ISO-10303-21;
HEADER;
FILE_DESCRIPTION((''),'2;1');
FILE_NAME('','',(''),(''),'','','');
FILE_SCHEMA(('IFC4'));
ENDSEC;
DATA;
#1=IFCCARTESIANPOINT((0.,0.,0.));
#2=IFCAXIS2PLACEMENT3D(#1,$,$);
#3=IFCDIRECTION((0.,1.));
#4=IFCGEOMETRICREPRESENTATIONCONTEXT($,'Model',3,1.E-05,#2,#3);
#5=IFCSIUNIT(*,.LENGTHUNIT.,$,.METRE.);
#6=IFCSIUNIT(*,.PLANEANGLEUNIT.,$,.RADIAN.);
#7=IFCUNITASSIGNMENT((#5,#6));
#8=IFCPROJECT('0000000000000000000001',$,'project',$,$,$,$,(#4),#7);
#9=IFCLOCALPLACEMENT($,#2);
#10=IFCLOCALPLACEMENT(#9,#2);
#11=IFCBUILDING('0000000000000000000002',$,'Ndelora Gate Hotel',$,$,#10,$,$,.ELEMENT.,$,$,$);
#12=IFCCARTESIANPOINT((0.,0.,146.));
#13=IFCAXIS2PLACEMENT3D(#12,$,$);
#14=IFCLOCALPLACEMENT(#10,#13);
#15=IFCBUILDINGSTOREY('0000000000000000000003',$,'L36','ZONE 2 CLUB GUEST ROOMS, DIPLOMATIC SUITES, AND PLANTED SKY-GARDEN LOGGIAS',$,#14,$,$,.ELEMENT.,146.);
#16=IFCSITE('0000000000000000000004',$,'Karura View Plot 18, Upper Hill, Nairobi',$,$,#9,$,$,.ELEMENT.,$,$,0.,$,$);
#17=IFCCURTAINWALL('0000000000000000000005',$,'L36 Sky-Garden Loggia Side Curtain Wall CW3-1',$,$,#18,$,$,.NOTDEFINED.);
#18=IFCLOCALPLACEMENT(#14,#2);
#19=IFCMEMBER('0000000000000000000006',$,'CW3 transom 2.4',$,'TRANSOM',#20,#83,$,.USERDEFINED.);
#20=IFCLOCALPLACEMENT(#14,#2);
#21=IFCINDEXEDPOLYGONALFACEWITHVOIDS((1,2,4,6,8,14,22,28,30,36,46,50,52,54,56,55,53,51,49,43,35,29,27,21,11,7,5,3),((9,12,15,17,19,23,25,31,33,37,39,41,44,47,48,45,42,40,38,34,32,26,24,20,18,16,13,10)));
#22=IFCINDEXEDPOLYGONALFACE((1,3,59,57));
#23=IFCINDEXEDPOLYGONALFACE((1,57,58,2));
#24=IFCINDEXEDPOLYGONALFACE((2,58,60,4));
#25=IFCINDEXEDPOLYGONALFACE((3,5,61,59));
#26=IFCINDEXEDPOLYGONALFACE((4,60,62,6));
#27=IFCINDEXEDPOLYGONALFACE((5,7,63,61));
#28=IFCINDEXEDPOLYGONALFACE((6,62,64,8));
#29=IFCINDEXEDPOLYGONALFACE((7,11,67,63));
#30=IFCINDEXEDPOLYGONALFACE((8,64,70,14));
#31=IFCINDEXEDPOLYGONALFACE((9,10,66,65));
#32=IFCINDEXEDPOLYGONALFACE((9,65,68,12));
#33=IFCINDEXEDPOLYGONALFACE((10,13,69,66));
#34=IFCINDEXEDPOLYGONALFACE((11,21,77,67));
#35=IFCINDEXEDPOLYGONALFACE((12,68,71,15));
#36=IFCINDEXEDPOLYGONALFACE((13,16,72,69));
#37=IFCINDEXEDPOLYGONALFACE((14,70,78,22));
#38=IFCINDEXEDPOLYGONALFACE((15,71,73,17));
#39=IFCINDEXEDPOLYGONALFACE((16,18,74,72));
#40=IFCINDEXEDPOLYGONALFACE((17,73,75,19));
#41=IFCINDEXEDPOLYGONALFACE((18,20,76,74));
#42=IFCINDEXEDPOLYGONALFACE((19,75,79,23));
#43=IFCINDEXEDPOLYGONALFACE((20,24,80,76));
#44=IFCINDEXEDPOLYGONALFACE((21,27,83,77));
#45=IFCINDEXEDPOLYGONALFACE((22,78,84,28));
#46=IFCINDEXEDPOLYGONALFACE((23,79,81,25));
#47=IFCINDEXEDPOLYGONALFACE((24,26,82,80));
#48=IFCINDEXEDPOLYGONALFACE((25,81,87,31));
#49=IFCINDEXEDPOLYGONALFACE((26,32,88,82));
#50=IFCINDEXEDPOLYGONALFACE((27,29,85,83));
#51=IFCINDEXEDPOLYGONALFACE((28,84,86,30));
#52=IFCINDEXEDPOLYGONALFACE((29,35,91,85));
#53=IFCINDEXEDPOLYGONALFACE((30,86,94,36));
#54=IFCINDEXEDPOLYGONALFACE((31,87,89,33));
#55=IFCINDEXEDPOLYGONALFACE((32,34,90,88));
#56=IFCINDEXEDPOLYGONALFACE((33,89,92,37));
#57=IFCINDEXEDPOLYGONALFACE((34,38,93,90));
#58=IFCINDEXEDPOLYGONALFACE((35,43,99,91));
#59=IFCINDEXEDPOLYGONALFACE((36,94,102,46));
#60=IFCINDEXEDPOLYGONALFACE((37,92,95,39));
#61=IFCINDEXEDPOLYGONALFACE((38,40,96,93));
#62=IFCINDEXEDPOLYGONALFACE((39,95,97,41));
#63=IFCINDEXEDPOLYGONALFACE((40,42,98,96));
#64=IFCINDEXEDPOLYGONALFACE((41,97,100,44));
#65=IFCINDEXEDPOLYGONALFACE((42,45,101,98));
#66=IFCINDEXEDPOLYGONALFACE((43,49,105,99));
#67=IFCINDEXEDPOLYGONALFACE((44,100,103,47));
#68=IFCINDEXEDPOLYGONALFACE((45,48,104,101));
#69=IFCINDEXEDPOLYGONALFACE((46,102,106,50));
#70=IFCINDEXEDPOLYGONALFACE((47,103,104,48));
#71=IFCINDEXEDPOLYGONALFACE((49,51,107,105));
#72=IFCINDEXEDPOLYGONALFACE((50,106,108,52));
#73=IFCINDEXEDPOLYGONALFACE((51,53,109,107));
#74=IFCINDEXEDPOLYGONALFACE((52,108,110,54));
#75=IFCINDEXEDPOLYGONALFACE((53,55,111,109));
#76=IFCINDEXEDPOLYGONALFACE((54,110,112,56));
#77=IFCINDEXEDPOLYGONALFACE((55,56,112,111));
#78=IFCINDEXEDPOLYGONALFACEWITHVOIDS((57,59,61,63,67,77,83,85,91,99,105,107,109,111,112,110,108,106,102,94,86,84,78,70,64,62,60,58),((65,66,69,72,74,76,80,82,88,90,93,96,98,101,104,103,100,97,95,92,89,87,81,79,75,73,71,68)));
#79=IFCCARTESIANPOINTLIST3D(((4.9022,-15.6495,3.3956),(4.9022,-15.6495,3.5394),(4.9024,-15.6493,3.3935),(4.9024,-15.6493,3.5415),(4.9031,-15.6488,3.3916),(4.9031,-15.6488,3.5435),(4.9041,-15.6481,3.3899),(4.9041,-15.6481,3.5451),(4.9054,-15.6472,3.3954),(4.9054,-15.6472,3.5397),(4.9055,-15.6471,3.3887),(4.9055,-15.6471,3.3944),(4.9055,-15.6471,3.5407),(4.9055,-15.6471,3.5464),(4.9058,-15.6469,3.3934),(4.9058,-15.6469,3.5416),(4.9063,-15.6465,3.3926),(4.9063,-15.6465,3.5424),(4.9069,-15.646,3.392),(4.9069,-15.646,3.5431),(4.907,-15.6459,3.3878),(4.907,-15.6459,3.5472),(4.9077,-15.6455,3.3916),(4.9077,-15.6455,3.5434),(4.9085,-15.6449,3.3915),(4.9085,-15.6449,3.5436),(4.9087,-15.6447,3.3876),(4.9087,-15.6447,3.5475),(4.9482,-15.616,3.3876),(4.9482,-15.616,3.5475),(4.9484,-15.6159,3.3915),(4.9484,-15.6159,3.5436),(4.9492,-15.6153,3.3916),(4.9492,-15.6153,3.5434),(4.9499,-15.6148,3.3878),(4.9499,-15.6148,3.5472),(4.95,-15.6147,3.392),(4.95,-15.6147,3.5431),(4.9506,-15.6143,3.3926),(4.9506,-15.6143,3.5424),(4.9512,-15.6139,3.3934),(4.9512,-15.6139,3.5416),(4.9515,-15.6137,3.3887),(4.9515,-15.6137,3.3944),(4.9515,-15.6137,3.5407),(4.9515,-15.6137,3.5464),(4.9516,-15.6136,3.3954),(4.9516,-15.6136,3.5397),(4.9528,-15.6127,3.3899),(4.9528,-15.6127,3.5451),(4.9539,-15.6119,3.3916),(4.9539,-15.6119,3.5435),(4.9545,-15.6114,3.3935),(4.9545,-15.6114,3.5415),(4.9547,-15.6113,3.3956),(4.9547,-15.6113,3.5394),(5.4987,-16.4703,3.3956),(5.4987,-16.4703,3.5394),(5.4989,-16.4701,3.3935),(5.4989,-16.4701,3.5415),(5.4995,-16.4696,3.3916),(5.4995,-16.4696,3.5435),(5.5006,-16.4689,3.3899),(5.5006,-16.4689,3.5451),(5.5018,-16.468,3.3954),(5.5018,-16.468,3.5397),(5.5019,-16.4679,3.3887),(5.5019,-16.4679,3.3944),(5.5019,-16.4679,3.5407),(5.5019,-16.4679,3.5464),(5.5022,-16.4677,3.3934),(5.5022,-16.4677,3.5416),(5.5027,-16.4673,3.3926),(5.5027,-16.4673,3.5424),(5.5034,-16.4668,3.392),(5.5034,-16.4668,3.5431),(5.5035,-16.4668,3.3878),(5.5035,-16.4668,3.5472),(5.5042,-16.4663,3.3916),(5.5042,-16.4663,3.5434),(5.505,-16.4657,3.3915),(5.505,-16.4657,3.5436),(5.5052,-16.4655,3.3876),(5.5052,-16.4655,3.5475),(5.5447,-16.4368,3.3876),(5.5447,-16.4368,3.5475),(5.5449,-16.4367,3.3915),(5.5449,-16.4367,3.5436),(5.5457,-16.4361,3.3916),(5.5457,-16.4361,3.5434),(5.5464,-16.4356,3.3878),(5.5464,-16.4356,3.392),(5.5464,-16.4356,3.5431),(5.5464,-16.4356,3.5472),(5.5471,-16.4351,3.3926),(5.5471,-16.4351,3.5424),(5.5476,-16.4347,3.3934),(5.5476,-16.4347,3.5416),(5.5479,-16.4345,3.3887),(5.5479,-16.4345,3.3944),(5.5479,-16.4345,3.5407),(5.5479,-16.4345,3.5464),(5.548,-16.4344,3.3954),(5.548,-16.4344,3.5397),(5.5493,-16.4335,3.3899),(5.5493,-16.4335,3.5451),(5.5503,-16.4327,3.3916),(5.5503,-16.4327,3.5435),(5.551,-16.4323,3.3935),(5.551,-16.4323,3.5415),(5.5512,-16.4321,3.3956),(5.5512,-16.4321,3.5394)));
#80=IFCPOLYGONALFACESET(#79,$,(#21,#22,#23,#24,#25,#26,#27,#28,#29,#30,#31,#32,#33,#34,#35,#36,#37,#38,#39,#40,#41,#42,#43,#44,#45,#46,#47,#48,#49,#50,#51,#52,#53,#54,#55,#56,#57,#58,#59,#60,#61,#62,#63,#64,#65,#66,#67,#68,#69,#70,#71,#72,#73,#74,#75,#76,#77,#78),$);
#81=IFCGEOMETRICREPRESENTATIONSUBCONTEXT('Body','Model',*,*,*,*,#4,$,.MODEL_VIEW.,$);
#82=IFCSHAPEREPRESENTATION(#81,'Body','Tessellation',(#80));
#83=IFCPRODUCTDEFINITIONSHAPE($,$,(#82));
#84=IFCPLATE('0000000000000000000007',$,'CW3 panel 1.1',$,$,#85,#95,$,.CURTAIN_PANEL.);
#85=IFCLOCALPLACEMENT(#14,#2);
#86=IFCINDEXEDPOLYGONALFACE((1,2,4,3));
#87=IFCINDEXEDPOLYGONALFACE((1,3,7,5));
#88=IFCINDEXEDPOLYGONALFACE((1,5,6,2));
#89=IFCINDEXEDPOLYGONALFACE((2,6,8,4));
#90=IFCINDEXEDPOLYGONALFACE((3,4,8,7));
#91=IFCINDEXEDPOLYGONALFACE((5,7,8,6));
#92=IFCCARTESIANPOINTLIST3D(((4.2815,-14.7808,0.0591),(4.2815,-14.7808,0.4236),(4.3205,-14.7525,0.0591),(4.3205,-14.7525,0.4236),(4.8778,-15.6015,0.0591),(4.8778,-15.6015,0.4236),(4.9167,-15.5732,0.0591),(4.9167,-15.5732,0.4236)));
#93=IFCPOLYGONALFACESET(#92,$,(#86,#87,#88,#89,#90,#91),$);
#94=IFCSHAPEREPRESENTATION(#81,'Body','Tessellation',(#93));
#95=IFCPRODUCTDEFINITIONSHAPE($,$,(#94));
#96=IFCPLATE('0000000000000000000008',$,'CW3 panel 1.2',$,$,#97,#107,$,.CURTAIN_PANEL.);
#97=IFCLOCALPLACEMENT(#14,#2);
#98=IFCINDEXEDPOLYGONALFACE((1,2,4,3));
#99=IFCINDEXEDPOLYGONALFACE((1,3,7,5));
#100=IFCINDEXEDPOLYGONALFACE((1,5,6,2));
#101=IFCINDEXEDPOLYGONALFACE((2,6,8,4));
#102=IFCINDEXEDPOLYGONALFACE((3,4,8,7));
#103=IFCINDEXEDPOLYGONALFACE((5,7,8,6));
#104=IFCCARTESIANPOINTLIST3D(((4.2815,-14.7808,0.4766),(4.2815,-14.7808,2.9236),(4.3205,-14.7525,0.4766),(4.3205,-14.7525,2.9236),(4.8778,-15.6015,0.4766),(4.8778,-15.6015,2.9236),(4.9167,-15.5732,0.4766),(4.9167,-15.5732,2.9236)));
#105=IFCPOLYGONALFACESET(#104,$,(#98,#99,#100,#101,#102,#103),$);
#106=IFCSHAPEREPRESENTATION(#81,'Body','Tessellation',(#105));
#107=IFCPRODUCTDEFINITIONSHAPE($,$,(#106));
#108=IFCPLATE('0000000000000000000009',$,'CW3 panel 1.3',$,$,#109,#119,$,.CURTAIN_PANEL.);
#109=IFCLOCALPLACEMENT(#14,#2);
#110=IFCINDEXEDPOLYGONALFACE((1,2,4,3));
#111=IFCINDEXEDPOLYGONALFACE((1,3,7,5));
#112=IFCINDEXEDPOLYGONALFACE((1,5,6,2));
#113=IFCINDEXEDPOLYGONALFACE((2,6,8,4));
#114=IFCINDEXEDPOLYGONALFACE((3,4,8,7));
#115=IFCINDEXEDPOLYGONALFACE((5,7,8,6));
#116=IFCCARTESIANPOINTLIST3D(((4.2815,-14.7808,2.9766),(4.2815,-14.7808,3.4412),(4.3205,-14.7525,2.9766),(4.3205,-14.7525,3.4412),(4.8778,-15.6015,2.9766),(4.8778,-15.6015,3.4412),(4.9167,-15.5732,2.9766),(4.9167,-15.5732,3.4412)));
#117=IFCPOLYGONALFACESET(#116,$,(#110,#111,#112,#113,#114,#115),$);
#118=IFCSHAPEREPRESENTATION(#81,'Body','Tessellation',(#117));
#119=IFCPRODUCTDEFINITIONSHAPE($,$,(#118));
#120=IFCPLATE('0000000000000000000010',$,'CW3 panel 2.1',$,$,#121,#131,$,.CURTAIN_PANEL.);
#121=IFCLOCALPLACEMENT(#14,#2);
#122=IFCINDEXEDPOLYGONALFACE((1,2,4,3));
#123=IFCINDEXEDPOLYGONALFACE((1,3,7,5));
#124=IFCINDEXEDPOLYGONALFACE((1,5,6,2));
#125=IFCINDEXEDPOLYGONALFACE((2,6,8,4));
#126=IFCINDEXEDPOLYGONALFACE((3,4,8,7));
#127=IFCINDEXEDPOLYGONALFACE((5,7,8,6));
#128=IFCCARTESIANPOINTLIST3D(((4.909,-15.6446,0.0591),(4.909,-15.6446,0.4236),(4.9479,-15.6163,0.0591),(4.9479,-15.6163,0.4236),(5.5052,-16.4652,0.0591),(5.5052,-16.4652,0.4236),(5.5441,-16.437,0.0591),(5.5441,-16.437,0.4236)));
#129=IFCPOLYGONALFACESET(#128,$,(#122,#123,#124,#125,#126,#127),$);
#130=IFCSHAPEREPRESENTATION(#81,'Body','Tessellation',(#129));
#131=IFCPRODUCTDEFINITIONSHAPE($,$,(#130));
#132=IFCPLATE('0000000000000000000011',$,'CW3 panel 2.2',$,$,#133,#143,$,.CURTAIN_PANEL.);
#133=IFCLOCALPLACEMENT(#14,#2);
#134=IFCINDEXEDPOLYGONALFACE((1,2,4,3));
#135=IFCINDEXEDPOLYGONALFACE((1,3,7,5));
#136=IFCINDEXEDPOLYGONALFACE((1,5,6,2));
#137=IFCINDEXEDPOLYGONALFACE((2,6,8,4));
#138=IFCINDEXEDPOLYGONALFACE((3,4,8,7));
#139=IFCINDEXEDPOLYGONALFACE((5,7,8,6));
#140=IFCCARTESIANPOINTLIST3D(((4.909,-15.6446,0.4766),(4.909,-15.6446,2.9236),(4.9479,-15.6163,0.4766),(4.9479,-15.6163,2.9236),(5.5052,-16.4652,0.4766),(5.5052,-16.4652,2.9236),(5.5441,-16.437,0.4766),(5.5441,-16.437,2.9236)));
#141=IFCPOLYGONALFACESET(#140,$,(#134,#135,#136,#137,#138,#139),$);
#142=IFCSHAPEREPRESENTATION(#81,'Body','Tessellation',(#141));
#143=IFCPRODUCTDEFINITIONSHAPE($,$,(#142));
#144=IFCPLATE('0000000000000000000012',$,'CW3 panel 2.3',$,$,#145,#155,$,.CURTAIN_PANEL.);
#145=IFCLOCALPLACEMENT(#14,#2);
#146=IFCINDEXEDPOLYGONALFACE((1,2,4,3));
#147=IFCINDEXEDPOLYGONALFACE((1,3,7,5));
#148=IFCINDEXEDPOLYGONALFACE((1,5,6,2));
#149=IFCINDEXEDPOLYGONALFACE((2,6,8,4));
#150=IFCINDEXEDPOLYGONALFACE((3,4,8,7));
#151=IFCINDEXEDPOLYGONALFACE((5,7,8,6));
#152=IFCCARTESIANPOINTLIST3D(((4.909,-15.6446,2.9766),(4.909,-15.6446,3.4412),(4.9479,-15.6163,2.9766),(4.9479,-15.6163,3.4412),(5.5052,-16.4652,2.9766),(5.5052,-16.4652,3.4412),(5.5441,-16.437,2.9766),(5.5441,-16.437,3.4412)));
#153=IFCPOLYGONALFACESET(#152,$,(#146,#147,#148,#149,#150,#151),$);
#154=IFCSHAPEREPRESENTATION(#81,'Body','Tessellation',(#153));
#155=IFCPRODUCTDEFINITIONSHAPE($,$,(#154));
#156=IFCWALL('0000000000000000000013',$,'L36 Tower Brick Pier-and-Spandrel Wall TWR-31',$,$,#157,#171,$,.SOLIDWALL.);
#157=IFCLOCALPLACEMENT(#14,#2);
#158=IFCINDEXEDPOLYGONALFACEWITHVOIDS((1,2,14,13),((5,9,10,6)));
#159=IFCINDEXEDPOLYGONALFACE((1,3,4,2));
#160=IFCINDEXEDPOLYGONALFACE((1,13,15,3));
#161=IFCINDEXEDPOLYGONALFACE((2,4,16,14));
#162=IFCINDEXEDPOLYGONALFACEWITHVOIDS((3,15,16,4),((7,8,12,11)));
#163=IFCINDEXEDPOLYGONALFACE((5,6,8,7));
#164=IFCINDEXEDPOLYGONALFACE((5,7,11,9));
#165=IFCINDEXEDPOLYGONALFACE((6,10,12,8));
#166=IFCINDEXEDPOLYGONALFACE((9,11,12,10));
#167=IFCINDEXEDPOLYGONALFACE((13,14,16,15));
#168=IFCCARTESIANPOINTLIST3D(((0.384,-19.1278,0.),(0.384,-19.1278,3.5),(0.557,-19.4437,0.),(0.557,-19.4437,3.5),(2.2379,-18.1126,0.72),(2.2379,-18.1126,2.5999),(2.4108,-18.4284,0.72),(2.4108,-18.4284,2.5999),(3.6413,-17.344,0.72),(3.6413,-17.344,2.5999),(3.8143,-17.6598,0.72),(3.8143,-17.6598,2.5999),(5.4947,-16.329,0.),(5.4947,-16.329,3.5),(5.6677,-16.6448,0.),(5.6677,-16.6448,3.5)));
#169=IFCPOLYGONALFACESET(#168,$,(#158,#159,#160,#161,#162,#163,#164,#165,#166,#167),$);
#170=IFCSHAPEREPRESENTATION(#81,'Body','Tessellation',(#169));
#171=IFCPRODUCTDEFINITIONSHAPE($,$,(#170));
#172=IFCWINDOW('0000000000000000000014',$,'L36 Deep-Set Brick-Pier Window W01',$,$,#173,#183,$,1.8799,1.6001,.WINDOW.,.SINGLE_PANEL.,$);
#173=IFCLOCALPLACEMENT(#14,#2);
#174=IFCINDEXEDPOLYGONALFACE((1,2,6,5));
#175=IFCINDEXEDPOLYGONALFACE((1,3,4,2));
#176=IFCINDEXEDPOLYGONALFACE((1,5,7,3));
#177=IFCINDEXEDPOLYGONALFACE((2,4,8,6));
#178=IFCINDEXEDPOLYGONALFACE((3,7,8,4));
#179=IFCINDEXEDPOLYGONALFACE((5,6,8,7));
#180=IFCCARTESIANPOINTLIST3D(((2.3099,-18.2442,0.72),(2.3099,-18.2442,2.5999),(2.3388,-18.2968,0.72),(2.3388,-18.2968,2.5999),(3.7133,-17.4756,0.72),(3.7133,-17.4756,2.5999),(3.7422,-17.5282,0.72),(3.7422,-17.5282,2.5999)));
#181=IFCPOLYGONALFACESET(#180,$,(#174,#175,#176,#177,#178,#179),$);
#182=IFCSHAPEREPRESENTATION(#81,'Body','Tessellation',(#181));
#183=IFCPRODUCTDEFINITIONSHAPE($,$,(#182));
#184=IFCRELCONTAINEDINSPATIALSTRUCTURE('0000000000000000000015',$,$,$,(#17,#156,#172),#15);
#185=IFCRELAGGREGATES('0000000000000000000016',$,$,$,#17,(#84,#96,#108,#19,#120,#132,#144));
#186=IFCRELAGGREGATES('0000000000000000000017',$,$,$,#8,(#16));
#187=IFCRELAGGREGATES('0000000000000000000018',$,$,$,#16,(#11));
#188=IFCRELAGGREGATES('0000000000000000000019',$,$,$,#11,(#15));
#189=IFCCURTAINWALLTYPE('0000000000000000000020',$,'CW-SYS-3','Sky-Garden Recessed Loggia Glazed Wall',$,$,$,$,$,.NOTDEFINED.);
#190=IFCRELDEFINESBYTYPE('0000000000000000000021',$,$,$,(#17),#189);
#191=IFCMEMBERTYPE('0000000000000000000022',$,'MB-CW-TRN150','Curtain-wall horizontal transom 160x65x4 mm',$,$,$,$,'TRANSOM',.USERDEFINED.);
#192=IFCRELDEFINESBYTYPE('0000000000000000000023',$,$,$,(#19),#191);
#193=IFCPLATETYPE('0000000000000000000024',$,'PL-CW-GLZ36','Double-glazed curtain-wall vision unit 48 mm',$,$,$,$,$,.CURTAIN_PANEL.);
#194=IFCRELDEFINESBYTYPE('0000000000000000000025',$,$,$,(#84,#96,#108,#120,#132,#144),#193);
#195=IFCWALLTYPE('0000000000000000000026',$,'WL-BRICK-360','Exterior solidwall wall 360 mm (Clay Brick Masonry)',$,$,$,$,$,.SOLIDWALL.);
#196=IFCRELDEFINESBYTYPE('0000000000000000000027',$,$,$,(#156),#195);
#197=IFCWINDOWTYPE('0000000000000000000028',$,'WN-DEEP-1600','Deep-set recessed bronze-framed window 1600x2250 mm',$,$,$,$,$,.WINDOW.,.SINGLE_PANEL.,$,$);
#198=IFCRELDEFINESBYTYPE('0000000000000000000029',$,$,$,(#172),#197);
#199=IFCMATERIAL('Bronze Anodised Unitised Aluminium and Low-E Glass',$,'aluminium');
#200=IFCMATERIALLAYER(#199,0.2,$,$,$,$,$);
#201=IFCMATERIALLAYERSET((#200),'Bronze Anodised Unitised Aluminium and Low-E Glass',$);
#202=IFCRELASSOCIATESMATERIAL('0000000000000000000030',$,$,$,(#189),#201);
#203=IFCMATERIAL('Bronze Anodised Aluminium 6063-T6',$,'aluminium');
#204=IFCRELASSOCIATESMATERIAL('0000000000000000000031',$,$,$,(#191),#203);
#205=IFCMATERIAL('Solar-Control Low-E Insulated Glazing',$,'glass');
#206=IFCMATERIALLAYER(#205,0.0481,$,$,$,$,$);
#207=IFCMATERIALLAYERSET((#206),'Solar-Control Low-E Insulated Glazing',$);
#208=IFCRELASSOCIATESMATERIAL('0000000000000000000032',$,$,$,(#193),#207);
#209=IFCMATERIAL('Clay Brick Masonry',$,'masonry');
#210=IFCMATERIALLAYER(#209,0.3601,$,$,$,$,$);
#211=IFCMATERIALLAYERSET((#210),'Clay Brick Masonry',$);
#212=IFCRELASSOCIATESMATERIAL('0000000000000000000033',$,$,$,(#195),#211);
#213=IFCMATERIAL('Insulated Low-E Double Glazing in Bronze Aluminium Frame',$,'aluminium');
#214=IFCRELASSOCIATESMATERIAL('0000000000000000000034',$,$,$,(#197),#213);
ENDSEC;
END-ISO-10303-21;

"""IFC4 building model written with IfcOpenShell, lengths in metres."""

from ifc_helpers import new_model, si_unit, direction, frame, frame_2d, origin, origin_2d, place, context, subcontext, project, spatial, rectangle, hollow_rectangle, extrude, material, layer, layer_set, material_profile, profile_set, type_object, element, fill, aggregate, save


model = new_model("IFC4")

# Units and contexts
model_context = context("Model", 3, precision=1e-05, world=origin(), true_north=direction((0.0, 1.0)))
body_context = subcontext(model_context, "Body", "Model", "MODEL_VIEW")
ifc_project = project(units=[si_unit("LENGTHUNIT", "METRE"), si_unit("PLANEANGLEUNIT", "RADIAN")], contexts=[model_context])

# Site, building, storey
site_placement = place(None, origin())
site = spatial("IfcSite", under=ifc_project, at=site_placement, Name="Karura View Plot 18, Upper Hill, Nairobi", CompositionType="ELEMENT", RefElevation=0.0)
building_placement = place(site_placement, origin())
building = spatial("IfcBuilding", under=site, at=building_placement, Name="Ndelora Gate Hotel", CompositionType="ELEMENT")
storey_placement = place(building_placement, frame((0.0, 0.0, 146.0)))
storey = spatial("IfcBuildingStorey", under=building, at=storey_placement, Name="L36", Description="ZONE 2 CLUB GUEST ROOMS, DIPLOMATIC SUITES, AND PLANTED SKY-GARDEN LOGGIAS", CompositionType="ELEMENT", Elevation=146.0)

# Curtain wall, member, plates
ifc_material_1 = material(Name="Bronze Anodised Unitised Aluminium and Low-E Glass", Category="aluminium")
ifc_layer_1 = layer(ifc_material_1, 0.2)
ifc_layer_set_1 = layer_set([ifc_layer_1], Name="Bronze Anodised Unitised Aluminium and Low-E Glass")
curtain_wall_type = type_object("IfcCurtainWallType", Name="CW-SYS-3", Description="Sky-Garden Recessed Loggia Glazed Wall", PredefinedType="NOTDEFINED", material=ifc_layer_set_1)
curtain_wall_placement = place(storey_placement, origin())
curtain_wall = element("IfcCurtainWall", 1, at=curtain_wall_placement, inside=storey, type_object=curtain_wall_type, Name="L36 Sky-Garden Loggia Side Curtain Wall CW3-1", PredefinedType="NOTDEFINED")
ifc_material_2 = material(Name="Bronze Anodised Aluminium 6063-T6", Category="aluminium")
ifc_material_profile_1 = material_profile(ifc_material_2, hollow_rectangle(XDim=0.0649, YDim=0.1599, WallThickness=0.0039, InnerFilletRadius=0.0039, OuterFilletRadius=0.0081, at=origin_2d()), Name="ALU 160x65x4")
ifc_profile_set_1 = profile_set([ifc_material_profile_1], Name="Bronze Anodised Aluminium 6063-T6")
member_type_1 = type_object("IfcMemberType", Name="MB-CW-TRN150", Description="Curtain-wall horizontal transom 160x65x4 mm", ElementType="TRANSOM", PredefinedType="USERDEFINED", material=ifc_profile_set_1)
member_1_placement = place(storey_placement, frame((4.9285, -15.6304, 3.4675), z_axis=(0.587843, -0.808975, 0.0), x_axis=(0.808975, 0.587843, 0.0)))
member_1 = element("IfcMember", 2, at=member_1_placement, type_object=member_type_1, Name="CW3 transom 2.4", ObjectType="TRANSOM", PredefinedType="USERDEFINED", context=body_context, shape_type="SweptSolid", body=[
    extrude(hollow_rectangle(XDim=0.0649, YDim=0.1599, WallThickness=0.0039, InnerFilletRadius=0.0039, OuterFilletRadius=0.0081, at=origin_2d()), origin(), (0.0, 0.0, 1.0), 1.0146),
])
ifc_material_3 = material(Name="Solar-Control Low-E Insulated Glazing", Category="glass")
ifc_layer_2 = layer(ifc_material_3, 0.0481)
ifc_layer_set_2 = layer_set([ifc_layer_2], Name="Solar-Control Low-E Insulated Glazing")
plate_type = type_object("IfcPlateType", Name="PL-CW-GLZ36", Description="Double-glazed curtain-wall vision unit 48 mm", PredefinedType="CURTAIN_PANEL", material=ifc_layer_set_2)
plate_1_placement = place(storey_placement, frame((4.5991, -15.177, 0.0591), z_axis=(0.0, 0.0, 1.0), x_axis=(0.587785, -0.809017, 0.0)))
plate_1 = element("IfcPlate", 3, at=plate_1_placement, type_object=plate_type, Name="CW3 panel 1.1", PredefinedType="CURTAIN_PANEL", context=body_context, shape_type="SweptSolid", body=[
    extrude(rectangle(XDim=1.0144, YDim=0.0481, at=origin_2d()), origin(), (0.0, 0.0, 1.0), 0.3645),
])
plate_2_placement = place(storey_placement, frame((4.5991, -15.177, 0.4766), z_axis=(0.0, 0.0, 1.0), x_axis=(0.587785, -0.809017, 0.0)))
plate_2 = element("IfcPlate", 4, at=plate_2_placement, type_object=plate_type, Name="CW3 panel 1.2", PredefinedType="CURTAIN_PANEL", context=body_context, shape_type="SweptSolid", body=[
    extrude(rectangle(XDim=1.0144, YDim=0.0481, at=origin_2d()), origin(), (0.0, 0.0, 1.0), 2.447),
])
plate_3_placement = place(storey_placement, frame((4.5991, -15.177, 2.9766), z_axis=(0.0, 0.0, 1.0), x_axis=(0.587785, -0.809017, 0.0)))
plate_3 = element("IfcPlate", 5, at=plate_3_placement, type_object=plate_type, Name="CW3 panel 1.3", PredefinedType="CURTAIN_PANEL", context=body_context, shape_type="SweptSolid", body=[
    extrude(rectangle(XDim=1.0144, YDim=0.0481, at=origin_2d()), origin(), (0.0, 0.0, 1.0), 0.4646),
])
plate_4_placement = place(storey_placement, frame((5.2266, -16.0408, 0.0591), z_axis=(0.0, 0.0, 1.0), x_axis=(0.587785, -0.809017, 0.0)))
plate_4 = element("IfcPlate", 6, at=plate_4_placement, type_object=plate_type, Name="CW3 panel 2.1", PredefinedType="CURTAIN_PANEL", context=body_context, shape_type="SweptSolid", body=[
    extrude(rectangle(XDim=1.0144, YDim=0.0481, at=origin_2d()), origin(), (0.0, 0.0, 1.0), 0.3645),
])
plate_5_placement = place(storey_placement, frame((5.2266, -16.0408, 0.4766), z_axis=(0.0, 0.0, 1.0), x_axis=(0.587785, -0.809017, 0.0)))
plate_5 = element("IfcPlate", 7, at=plate_5_placement, type_object=plate_type, Name="CW3 panel 2.2", PredefinedType="CURTAIN_PANEL", context=body_context, shape_type="SweptSolid", body=[
    extrude(rectangle(XDim=1.0144, YDim=0.0481, at=origin_2d()), origin(), (0.0, 0.0, 1.0), 2.447),
])
plate_6_placement = place(storey_placement, frame((5.2266, -16.0408, 2.9766), z_axis=(0.0, 0.0, 1.0), x_axis=(0.587785, -0.809017, 0.0)))
plate_6 = element("IfcPlate", 8, at=plate_6_placement, type_object=plate_type, Name="CW3 panel 2.3", PredefinedType="CURTAIN_PANEL", context=body_context, shape_type="SweptSolid", body=[
    extrude(rectangle(XDim=1.0144, YDim=0.0481, at=origin_2d()), origin(), (0.0, 0.0, 1.0), 0.4646),
])
aggregate(curtain_wall, [plate_1, plate_2, plate_3, member_1, plate_4, plate_5, plate_6])

# Wall, opening, window
ifc_material_4 = material(Name="Clay Brick Masonry", Category="masonry")
ifc_layer_3 = layer(ifc_material_4, 0.3601)
ifc_layer_set_3 = layer_set([ifc_layer_3], Name="Clay Brick Masonry")
wall_type_1 = type_object("IfcWallType", Name="WL-BRICK-360", Description="Exterior solidwall wall 360 mm (Clay Brick Masonry)", PredefinedType="SOLIDWALL", material=ifc_layer_set_3)
wall_1_placement = place(storey_placement, frame((5.5813, -16.4868, 0.0), z_axis=(0.0, 0.0, 1.0), x_axis=(-0.877084, -0.480337, 0.0)))
wall_1 = element("IfcWall", 9, at=wall_1_placement, inside=storey, type_object=wall_type_1, Name="L36 Tower Brick Pier-and-Spandrel Wall TWR-31", PredefinedType="SOLIDWALL", context=body_context, shape_type="SweptSolid", body=[
    extrude(rectangle(XDim=5.8269, YDim=0.3601, at=frame_2d((2.9136, 0.0))), origin(), (0.0, 0.0, 1.0), 3.5),
])
opening_placement = place(wall_1_placement, frame((2.1133, 0.0, 0.72)))
opening = element("IfcOpeningElement", 10, at=opening_placement, cuts=wall_1, PredefinedType="OPENING", context=body_context, shape_type="SweptSolid", body=[
    extrude(rectangle(XDim=1.6001, YDim=1.8799, at=frame_2d((0.8, 0.9399))), frame((0.0, 0.1899, 0.0), z_axis=(0.0, -1.0, 0.0), x_axis=(1.0, 0.0, 0.0)), (0.0, 0.0, 1.0), 0.3801),
])
ifc_material_5 = material(Name="Insulated Low-E Double Glazing in Bronze Aluminium Frame", Category="aluminium")
window_type = type_object("IfcWindowType", Name="WN-DEEP-1600", Description="Deep-set recessed bronze-framed window 1600x2250 mm", PartitioningType="SINGLE_PANEL", PredefinedType="WINDOW", material=ifc_material_5)
window_placement = place(opening_placement, origin())
window = element("IfcWindow", 11, at=window_placement, inside=storey, type_object=window_type, Name="L36 Deep-Set Brick-Pier Window W01", OverallHeight=1.8799, OverallWidth=1.6001, PartitioningType="SINGLE_PANEL", PredefinedType="WINDOW", context=body_context, shape_type="SweptSolid", body=[
    extrude(rectangle(XDim=1.6001, YDim=1.8799, at=frame_2d((0.8, 0.9399))), frame((0.0, 0.03, 0.0), z_axis=(0.0, -1.0, 0.0), x_axis=(1.0, 0.0, 0.0)), (0.0, 0.0, 1.0), 0.0601),
])
fill(opening, window)

save(model, "model.ifc")
